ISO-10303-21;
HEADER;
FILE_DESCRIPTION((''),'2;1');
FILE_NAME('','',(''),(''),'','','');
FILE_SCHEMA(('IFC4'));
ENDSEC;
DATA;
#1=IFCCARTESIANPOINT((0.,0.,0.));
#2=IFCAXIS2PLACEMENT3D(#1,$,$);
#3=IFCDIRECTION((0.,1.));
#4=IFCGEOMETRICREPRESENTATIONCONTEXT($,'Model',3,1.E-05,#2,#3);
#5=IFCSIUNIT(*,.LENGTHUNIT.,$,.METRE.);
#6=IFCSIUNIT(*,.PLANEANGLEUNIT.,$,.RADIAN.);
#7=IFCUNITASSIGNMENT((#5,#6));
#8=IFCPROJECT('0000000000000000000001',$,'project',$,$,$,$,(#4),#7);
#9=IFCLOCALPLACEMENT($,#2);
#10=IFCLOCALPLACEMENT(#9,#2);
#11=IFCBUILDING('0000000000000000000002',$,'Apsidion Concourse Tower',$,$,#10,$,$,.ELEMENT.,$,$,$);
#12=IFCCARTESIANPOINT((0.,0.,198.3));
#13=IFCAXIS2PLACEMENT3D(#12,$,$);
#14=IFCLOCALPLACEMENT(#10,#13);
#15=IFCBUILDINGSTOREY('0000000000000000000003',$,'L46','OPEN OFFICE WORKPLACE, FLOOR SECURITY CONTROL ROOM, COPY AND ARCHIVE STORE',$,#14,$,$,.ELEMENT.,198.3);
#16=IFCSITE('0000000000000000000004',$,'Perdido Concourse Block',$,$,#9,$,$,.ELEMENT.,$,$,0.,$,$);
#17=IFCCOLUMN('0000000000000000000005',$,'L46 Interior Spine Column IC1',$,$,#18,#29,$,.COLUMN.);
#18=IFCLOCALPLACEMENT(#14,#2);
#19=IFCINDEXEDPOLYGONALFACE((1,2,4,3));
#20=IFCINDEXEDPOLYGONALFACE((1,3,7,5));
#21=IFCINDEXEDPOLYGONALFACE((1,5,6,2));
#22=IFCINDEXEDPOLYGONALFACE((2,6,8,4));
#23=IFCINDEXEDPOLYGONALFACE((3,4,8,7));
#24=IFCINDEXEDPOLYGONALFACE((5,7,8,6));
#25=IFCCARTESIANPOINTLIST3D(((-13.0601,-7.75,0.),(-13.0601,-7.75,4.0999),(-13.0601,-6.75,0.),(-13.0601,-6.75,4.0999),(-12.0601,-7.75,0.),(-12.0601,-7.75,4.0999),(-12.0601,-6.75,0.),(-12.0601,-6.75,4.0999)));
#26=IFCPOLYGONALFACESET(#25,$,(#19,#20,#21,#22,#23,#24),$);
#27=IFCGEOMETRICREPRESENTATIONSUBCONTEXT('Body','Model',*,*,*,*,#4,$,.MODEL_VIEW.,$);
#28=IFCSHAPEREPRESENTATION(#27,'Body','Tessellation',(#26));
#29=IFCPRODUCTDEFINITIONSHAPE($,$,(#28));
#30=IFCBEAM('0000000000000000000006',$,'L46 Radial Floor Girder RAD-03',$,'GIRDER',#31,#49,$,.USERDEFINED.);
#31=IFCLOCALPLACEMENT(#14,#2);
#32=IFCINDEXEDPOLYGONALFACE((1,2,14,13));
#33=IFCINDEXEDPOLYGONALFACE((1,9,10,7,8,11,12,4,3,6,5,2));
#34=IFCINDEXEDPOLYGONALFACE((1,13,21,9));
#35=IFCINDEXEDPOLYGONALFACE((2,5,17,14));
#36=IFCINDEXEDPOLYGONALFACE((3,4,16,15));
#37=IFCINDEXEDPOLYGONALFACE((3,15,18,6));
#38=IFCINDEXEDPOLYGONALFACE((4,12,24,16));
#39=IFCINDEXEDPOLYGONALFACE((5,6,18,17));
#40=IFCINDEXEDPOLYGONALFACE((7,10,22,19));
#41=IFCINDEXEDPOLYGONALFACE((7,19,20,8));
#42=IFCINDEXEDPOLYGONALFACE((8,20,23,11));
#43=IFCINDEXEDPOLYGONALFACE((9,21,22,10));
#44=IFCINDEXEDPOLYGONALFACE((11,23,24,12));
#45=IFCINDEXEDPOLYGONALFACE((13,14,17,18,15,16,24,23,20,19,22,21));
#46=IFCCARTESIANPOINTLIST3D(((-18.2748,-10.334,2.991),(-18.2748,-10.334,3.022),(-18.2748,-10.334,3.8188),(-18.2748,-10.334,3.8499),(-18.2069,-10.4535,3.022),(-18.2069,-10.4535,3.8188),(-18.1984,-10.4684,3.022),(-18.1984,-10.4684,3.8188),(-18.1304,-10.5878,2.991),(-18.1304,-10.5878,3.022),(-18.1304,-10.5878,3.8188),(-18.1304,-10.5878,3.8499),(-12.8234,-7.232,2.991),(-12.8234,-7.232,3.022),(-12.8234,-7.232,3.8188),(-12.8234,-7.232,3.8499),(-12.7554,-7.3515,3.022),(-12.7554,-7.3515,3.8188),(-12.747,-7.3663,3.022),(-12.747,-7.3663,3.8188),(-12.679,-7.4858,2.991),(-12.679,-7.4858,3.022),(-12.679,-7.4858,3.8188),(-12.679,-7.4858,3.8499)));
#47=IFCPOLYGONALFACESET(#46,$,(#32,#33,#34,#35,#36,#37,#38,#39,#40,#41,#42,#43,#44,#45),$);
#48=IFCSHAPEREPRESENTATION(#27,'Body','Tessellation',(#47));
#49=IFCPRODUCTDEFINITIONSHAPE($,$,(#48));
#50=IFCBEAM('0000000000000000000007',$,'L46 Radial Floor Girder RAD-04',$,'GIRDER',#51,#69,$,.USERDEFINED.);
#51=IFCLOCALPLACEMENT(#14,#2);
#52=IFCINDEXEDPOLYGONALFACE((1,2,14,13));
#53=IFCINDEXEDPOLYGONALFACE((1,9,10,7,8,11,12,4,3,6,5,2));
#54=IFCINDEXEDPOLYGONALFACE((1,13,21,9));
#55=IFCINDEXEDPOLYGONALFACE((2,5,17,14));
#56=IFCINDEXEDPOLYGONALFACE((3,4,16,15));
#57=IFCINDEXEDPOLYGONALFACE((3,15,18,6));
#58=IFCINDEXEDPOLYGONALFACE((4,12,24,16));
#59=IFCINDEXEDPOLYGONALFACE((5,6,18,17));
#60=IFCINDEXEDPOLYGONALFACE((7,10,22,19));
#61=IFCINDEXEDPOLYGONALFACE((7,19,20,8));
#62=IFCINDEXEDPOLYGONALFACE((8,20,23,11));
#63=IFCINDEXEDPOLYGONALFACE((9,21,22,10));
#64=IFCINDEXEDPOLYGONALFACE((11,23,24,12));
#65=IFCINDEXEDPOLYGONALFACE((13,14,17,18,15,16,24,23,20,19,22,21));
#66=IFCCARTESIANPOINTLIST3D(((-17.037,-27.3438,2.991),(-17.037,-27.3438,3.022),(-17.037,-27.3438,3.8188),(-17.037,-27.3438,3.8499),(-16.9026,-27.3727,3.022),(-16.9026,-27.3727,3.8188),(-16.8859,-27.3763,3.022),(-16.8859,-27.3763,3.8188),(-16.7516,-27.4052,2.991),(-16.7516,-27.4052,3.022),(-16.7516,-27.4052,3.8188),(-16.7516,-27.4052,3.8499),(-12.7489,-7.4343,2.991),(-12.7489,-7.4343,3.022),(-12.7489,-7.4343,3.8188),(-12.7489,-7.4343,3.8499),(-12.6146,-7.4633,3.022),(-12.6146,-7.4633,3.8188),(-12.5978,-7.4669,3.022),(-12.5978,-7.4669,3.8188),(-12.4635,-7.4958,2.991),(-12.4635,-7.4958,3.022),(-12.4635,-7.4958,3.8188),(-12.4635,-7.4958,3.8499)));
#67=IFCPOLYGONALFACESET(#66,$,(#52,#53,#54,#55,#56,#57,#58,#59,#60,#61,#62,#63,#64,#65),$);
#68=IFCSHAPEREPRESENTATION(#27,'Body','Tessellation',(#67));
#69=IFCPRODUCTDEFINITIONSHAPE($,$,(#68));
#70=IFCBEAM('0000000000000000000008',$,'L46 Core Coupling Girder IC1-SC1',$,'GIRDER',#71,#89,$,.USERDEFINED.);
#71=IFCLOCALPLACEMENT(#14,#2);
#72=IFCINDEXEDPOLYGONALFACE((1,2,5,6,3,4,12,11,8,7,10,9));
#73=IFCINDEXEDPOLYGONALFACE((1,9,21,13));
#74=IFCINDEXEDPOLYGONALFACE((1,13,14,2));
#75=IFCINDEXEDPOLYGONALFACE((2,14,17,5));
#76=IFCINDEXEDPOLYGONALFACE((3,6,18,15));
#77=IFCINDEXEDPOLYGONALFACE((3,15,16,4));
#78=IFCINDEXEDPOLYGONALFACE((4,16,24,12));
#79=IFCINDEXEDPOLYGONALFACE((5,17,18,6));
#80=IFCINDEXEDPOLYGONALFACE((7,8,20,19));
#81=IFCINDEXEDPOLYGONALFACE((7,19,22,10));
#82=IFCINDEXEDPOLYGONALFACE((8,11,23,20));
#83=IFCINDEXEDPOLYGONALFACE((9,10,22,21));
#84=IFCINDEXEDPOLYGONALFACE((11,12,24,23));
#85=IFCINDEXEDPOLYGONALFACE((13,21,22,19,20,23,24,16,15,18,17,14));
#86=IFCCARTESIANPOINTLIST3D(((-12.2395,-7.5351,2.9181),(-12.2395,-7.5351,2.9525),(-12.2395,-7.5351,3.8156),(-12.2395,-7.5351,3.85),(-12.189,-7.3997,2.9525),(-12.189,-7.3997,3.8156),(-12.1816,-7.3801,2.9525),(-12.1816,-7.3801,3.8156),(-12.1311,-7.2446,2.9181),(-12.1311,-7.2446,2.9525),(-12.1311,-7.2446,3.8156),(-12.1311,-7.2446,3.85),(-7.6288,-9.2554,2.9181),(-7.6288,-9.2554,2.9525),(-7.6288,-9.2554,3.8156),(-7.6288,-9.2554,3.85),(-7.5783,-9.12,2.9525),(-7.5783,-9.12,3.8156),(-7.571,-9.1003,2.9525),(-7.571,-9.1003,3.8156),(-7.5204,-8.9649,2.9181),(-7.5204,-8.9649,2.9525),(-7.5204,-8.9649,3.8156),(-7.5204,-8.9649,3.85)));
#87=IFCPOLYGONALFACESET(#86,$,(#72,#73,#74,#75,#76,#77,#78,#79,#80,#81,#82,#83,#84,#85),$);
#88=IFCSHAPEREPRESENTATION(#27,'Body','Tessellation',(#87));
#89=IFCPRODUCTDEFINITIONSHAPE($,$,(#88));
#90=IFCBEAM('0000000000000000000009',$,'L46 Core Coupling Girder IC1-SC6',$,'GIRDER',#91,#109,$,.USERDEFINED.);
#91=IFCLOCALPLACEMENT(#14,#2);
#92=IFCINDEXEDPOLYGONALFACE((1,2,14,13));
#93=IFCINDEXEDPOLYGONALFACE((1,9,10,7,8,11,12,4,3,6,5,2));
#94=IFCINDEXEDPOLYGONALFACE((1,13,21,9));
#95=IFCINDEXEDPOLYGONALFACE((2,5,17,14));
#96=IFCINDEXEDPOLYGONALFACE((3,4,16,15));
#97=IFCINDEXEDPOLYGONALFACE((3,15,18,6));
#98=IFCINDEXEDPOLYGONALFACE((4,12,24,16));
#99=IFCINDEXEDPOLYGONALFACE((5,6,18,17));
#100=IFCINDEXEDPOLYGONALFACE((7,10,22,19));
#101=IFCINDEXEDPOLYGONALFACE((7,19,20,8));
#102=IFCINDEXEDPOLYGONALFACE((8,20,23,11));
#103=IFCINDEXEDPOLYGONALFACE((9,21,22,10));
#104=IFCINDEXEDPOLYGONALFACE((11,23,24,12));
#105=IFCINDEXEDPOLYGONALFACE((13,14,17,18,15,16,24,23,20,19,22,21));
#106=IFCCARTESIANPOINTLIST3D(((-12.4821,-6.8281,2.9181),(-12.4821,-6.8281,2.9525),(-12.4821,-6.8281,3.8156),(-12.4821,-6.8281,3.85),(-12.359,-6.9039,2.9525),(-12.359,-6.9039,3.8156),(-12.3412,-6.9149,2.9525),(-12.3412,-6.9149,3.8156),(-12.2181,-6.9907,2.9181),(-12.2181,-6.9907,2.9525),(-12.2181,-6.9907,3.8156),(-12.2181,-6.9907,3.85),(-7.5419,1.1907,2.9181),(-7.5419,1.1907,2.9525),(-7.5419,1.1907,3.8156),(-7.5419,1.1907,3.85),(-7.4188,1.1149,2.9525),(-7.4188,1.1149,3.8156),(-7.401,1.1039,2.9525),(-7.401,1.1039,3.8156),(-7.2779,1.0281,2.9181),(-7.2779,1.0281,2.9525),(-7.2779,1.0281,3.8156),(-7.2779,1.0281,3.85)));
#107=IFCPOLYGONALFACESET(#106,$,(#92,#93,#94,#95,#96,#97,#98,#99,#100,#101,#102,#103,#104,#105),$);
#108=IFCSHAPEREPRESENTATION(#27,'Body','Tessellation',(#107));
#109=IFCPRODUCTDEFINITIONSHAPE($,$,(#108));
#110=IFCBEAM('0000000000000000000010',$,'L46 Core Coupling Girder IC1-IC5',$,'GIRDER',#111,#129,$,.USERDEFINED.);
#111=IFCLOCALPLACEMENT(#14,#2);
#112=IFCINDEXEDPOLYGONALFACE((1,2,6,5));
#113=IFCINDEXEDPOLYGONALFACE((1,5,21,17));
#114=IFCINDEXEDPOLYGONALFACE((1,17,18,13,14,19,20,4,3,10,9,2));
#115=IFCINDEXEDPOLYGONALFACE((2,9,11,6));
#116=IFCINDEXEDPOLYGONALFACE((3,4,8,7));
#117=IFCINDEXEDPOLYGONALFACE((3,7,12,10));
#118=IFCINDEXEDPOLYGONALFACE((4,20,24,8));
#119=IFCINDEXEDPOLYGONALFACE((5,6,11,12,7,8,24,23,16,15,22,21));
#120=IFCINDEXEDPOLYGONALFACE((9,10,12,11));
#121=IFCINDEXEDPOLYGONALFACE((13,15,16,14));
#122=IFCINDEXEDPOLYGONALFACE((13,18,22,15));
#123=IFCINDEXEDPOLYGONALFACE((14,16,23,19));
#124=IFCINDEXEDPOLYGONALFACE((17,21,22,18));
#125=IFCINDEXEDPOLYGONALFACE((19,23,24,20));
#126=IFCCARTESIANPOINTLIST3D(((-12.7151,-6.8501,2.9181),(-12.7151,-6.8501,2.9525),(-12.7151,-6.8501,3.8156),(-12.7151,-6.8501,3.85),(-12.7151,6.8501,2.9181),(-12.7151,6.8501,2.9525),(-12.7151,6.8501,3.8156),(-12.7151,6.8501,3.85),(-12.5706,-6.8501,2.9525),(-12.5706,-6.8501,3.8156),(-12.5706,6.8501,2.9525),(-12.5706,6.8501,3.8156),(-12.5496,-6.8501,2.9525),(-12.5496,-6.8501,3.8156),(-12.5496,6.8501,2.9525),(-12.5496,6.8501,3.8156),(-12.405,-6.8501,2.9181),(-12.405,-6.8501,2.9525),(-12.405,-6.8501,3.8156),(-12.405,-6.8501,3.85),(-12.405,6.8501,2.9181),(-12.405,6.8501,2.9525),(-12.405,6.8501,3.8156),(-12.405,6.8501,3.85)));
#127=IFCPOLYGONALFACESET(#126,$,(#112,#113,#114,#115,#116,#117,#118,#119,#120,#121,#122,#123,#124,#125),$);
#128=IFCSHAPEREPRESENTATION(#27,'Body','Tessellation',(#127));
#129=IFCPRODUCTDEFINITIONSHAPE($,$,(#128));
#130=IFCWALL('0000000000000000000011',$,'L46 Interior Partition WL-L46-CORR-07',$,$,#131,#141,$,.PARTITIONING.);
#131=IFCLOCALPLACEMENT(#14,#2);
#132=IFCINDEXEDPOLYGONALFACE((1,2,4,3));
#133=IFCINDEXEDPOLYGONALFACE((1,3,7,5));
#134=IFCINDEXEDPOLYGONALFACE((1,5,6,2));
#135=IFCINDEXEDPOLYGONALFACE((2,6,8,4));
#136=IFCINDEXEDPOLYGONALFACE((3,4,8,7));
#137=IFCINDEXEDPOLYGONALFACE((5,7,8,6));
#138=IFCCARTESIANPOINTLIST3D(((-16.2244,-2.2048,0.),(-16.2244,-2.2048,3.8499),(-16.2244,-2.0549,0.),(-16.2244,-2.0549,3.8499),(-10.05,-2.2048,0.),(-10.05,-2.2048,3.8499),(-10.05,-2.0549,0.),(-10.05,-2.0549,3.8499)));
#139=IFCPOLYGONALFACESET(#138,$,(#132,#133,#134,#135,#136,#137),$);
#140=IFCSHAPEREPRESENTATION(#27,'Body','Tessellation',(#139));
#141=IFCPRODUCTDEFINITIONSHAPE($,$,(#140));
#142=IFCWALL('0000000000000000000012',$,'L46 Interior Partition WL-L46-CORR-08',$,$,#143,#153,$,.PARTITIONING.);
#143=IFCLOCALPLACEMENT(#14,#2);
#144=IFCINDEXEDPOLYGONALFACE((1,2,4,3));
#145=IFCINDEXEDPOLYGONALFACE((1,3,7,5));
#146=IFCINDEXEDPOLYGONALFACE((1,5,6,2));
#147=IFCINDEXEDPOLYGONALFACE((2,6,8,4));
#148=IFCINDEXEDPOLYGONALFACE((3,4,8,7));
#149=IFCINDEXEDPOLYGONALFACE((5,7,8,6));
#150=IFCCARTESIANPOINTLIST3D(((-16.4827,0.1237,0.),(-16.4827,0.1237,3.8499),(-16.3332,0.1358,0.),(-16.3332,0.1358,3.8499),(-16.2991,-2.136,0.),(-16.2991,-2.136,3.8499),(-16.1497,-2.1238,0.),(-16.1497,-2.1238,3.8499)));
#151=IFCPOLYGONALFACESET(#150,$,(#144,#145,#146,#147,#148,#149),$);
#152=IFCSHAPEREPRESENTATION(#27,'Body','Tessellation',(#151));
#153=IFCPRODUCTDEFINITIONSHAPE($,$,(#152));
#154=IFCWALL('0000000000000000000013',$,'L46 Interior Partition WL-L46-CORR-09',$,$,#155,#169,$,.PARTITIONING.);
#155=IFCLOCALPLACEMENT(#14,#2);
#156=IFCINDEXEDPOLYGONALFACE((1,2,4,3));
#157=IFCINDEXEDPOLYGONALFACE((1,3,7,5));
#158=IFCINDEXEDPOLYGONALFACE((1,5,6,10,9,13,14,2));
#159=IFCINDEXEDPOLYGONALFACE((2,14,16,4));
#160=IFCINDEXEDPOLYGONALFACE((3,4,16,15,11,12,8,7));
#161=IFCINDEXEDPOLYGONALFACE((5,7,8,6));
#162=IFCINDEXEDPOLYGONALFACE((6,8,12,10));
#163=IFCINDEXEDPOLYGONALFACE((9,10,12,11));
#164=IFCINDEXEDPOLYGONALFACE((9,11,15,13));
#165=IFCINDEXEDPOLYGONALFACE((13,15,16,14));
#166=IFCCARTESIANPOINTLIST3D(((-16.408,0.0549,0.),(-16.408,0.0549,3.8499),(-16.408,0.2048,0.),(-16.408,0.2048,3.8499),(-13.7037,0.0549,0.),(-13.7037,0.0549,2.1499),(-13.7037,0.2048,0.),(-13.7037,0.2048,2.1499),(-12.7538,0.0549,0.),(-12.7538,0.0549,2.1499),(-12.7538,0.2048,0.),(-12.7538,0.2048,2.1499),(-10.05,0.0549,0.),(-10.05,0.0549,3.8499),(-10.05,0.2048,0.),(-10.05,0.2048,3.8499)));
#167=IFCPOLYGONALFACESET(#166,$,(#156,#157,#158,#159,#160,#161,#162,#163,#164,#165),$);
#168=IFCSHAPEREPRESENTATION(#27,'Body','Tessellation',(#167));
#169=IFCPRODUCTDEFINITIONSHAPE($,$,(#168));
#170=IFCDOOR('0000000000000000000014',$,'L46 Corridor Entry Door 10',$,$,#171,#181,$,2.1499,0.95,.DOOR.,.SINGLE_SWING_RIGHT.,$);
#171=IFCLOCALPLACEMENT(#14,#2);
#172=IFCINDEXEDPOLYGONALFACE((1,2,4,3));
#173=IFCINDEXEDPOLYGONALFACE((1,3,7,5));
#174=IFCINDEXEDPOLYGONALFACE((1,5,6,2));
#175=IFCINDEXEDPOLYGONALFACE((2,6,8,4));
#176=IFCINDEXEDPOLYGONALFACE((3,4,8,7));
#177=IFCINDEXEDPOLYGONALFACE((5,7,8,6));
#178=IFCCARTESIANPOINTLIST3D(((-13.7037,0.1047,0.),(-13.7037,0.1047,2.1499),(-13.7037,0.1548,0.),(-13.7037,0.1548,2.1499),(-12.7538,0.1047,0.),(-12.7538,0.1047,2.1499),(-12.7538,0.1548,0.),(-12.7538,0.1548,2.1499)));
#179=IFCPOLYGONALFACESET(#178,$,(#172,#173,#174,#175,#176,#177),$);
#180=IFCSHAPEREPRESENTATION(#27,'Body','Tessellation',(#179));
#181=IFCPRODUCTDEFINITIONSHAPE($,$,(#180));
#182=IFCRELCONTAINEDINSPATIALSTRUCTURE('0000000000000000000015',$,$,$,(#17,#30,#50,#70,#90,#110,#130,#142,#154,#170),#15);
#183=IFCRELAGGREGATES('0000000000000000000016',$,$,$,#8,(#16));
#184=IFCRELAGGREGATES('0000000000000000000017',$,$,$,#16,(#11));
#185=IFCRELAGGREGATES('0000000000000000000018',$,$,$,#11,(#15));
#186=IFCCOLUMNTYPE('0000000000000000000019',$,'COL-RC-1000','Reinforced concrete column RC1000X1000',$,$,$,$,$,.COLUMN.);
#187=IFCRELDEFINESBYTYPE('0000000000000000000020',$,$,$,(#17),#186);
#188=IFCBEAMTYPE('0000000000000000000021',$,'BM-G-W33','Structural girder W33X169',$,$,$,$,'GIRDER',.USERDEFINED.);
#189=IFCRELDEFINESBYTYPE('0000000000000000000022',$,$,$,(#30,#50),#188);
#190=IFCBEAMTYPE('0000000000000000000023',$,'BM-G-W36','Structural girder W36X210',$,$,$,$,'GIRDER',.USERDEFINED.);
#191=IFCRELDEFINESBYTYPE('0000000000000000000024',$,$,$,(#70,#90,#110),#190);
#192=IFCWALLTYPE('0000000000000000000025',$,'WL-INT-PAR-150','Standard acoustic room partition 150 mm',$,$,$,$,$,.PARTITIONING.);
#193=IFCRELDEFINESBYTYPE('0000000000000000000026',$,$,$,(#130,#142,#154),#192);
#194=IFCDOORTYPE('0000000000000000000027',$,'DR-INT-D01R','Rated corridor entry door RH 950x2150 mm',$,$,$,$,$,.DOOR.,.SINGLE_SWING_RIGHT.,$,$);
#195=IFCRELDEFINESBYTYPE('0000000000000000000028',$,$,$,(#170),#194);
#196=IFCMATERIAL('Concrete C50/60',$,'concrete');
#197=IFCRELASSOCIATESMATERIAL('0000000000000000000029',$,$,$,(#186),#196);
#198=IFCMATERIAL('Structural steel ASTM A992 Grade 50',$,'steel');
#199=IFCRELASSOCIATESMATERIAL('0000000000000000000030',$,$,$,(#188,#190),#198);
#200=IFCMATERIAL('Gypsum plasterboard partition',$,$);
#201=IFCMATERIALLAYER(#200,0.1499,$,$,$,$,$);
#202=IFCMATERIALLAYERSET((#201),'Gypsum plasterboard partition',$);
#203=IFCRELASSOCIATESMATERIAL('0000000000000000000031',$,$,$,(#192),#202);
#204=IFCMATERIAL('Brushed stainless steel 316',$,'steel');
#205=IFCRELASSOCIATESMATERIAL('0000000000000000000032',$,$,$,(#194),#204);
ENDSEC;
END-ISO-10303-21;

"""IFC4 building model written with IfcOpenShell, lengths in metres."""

from ifc_helpers import new_model, si_unit, direction, frame, frame_2d, origin, origin_2d, place, context, subcontext, project, spatial, rectangle, i_section, extrude, material, layer, layer_set, material_profile, profile_set, type_object, element, fill, save


model = new_model("IFC4")

# Units and contexts
model_context = context("Model", 3, precision=1e-05, world=origin(), true_north=direction((0.0, 1.0)))
body_context = subcontext(model_context, "Body", "Model", "MODEL_VIEW")
ifc_project = project(units=[si_unit("LENGTHUNIT", "METRE"), si_unit("PLANEANGLEUNIT", "RADIAN")], contexts=[model_context])

# Site, building, storey
site_placement = place(None, origin())
site = spatial("IfcSite", under=ifc_project, at=site_placement, Name="Perdido Concourse Block", CompositionType="ELEMENT", RefElevation=0.0)
building_placement = place(site_placement, origin())
building = spatial("IfcBuilding", under=site, at=building_placement, Name="Apsidion Concourse Tower", CompositionType="ELEMENT")
storey_placement = place(building_placement, frame((0.0, 0.0, 198.3)))
storey = spatial("IfcBuildingStorey", under=building, at=storey_placement, Name="L46", Description="OPEN OFFICE WORKPLACE, FLOOR SECURITY CONTROL ROOM, COPY AND ARCHIVE STORE", CompositionType="ELEMENT", Elevation=198.3)

# Column
ifc_material_1 = material(Name="Concrete C50/60", Category="concrete")
ifc_material_profile_1 = material_profile(ifc_material_1, rectangle(XDim=1.0, YDim=1.0, at=origin_2d()), Name="RC 1000x1000")
ifc_profile_set_1 = profile_set([ifc_material_profile_1], Name="Concrete C50/60")
column_type = type_object("IfcColumnType", Name="COL-RC-1000", Description="Reinforced concrete column RC1000X1000", PredefinedType="COLUMN", material=ifc_profile_set_1)
column_placement = place(storey_placement, frame((-12.5601, -7.25, 0.0), z_axis=(0.0, 0.0, 1.0), x_axis=(1.0, 0.0, 0.0)))
element("IfcColumn", 1, at=column_placement, inside=storey, type_object=column_type, Name="L46 Interior Spine Column IC1", PredefinedType="COLUMN", context=body_context, shape_type="SweptSolid", body=[
    extrude(rectangle(XDim=1.0, YDim=1.0, at=origin_2d()), origin(), (0.0, 0.0, 1.0), 4.0999),
])

# Beams
ifc_material_2 = material(Name="Structural steel ASTM A992 Grade 50", Category="steel")
ifc_material_profile_2 = material_profile(ifc_material_2, i_section(OverallWidth=0.292, OverallDepth=0.8589, WebThickness=0.0171, FlangeThickness=0.031, at=origin_2d()), Name="W33X169")
ifc_profile_set_2 = profile_set([ifc_material_profile_2], Name="Structural steel ASTM A992 Grade 50")
beam_type_1 = type_object("IfcBeamType", Name="BM-G-W33", Description="Structural girder W33X169", ElementType="GIRDER", PredefinedType="USERDEFINED", material=ifc_profile_set_2)
beam_1_placement = place(storey_placement, frame((-12.7512, -7.3589, 3.4204), z_axis=(-0.869138, -0.49457, 0.0), x_axis=(0.49457, -0.869138, 0.0)))
element("IfcBeam", 2, at=beam_1_placement, inside=storey, type_object=beam_type_1, Name="L46 Radial Floor Girder RAD-03", ObjectType="GIRDER", PredefinedType="USERDEFINED", context=body_context, shape_type="SweptSolid", body=[
    extrude(i_section(OverallWidth=0.292, OverallDepth=0.8589, WebThickness=0.0171, FlangeThickness=0.031, at=origin_2d()), origin(), (0.0, 0.0, 1.0), 6.2722),
])
beam_2_placement = place(storey_placement, frame((-12.6062, -7.4651, 3.4204), z_axis=(-0.210551, -0.977583, 0.0), x_axis=(0.977583, -0.210551, 0.0)))
element("IfcBeam", 3, at=beam_2_placement, inside=storey, type_object=beam_type_1, Name="L46 Radial Floor Girder RAD-04", ObjectType="GIRDER", PredefinedType="USERDEFINED", context=body_context, shape_type="SweptSolid", body=[
    extrude(i_section(OverallWidth=0.292, OverallDepth=0.8589, WebThickness=0.0171, FlangeThickness=0.031, at=origin_2d()), origin(), (0.0, 0.0, 1.0), 20.366),
])
ifc_material_profile_3 = material_profile(ifc_material_2, i_section(OverallWidth=0.3101, OverallDepth=0.9319, WebThickness=0.021, FlangeThickness=0.0344, at=origin_2d()), Name="W36X210")
ifc_profile_set_3 = profile_set([ifc_material_profile_3], Name="Structural steel ASTM A992 Grade 50")
beam_type_2 = type_object("IfcBeamType", Name="BM-G-W36", Description="Structural girder W36X210", ElementType="GIRDER", PredefinedType="USERDEFINED", material=ifc_profile_set_3)
beam_3_placement = place(storey_placement, frame((-12.1853, -7.3899, 3.384), z_axis=(0.936913, -0.349563, 0.0), x_axis=(0.349563, 0.936913, 0.0)))
element("IfcBeam", 4, at=beam_3_placement, inside=storey, type_object=beam_type_2, Name="L46 Core Coupling Girder IC1-SC1", ObjectType="GIRDER", PredefinedType="USERDEFINED", context=body_context, shape_type="SweptSolid", body=[
    extrude(i_section(OverallWidth=0.3101, OverallDepth=0.9319, WebThickness=0.021, FlangeThickness=0.0344, at=origin_2d()), origin(), (0.0, 0.0, 1.0), 4.9211),
])
beam_4_placement = place(storey_placement, frame((-12.3501, -6.9094, 3.384), z_axis=(0.524524, 0.851396, 0.0), x_axis=(-0.851396, 0.524524, 0.0)))
element("IfcBeam", 5, at=beam_4_placement, inside=storey, type_object=beam_type_2, Name="L46 Core Coupling Girder IC1-SC6", ObjectType="GIRDER", PredefinedType="USERDEFINED", context=body_context, shape_type="SweptSolid", body=[
    extrude(i_section(OverallWidth=0.3101, OverallDepth=0.9319, WebThickness=0.021, FlangeThickness=0.0344, at=origin_2d()), origin(), (0.0, 0.0, 1.0), 9.4185),
])
beam_5_placement = place(storey_placement, frame((-12.5601, -6.8501, 3.384), z_axis=(0.0, 1.0, 0.0), x_axis=(-1.0, 0.0, 0.0)))
element("IfcBeam", 6, at=beam_5_placement, inside=storey, type_object=beam_type_2, Name="L46 Core Coupling Girder IC1-IC5", ObjectType="GIRDER", PredefinedType="USERDEFINED", context=body_context, shape_type="SweptSolid", body=[
    extrude(i_section(OverallWidth=0.3101, OverallDepth=0.9319, WebThickness=0.021, FlangeThickness=0.0344, at=origin_2d()), origin(), (0.0, 0.0, 1.0), 13.7002),
])

# Walls
ifc_material_3 = material(Name="Gypsum plasterboard partition")
ifc_layer = layer(ifc_material_3, 0.1499)
ifc_layer_set = layer_set([ifc_layer], Name="Gypsum plasterboard partition")
wall_type = type_object("IfcWallType", Name="WL-INT-PAR-150", Description="Standard acoustic room partition 150 mm", PredefinedType="PARTITIONING", material=ifc_layer_set)
wall_1_placement = place(storey_placement, frame((-10.05, -2.1299, 0.0), z_axis=(0.0, 0.0, 1.0), x_axis=(-1.0, 0.0, 0.0)))
element("IfcWall", 7, at=wall_1_placement, inside=storey, type_object=wall_type, Name="L46 Interior Partition WL-L46-CORR-07", PredefinedType="PARTITIONING", context=body_context, shape_type="SweptSolid", body=[
    extrude(rectangle(XDim=6.1743, YDim=0.1499, at=frame_2d((3.0872, 0.0))), origin(), (0.0, 0.0, 1.0), 3.8499),
])
wall_2_placement = place(storey_placement, frame((-16.2244, -2.1299, 0.0), z_axis=(0.0, 0.0, 1.0), x_axis=(-0.080978, 0.996716, 0.0)))
element("IfcWall", 8, at=wall_2_placement, inside=storey, type_object=wall_type, Name="L46 Interior Partition WL-L46-CORR-08", PredefinedType="PARTITIONING", context=body_context, shape_type="SweptSolid", body=[
    extrude(rectangle(XDim=2.2671, YDim=0.1499, at=frame_2d((1.1335, 0.0))), origin(), (0.0, 0.0, 1.0), 3.8499),
])

# Wall, opening, door
wall_3_placement = place(storey_placement, frame((-16.408, 0.1299, 0.0), z_axis=(0.0, 0.0, 1.0), x_axis=(1.0, 0.0, 0.0)))
wall_3 = element("IfcWall", 9, at=wall_3_placement, inside=storey, type_object=wall_type, Name="L46 Interior Partition WL-L46-CORR-09", PredefinedType="PARTITIONING", context=body_context, shape_type="SweptSolid", body=[
    extrude(rectangle(XDim=6.3579, YDim=0.1499, at=frame_2d((3.179, 0.0))), origin(), (0.0, 0.0, 1.0), 3.8499),
])
opening_1_placement = place(wall_3_placement, frame((2.7041, 0.0, 0.0)))
opening_1 = element("IfcOpeningElement", 10, at=opening_1_placement, cuts=wall_3, PredefinedType="OPENING", context=body_context, shape_type="SweptSolid", body=[
    extrude(rectangle(XDim=0.95, YDim=2.1499, at=frame_2d((0.4751, 1.075))), frame((0.0, 0.085, 0.0), z_axis=(0.0, -1.0, 0.0), x_axis=(1.0, 0.0, 0.0)), (0.0, 0.0, 1.0), 0.1699),
])
ifc_material_4 = material(Name="Brushed stainless steel 316", Category="steel")
door_type_1 = type_object("IfcDoorType", Name="DR-INT-D01R", Description="Rated corridor entry door RH 950x2150 mm", OperationType="SINGLE_SWING_RIGHT", PredefinedType="DOOR", material=ifc_material_4)
door_1_placement = place(opening_1_placement, origin())
door_1 = element("IfcDoor", 11, at=door_1_placement, inside=storey, type_object=door_type_1, Name="L46 Corridor Entry Door 10", OperationType="SINGLE_SWING_RIGHT", OverallHeight=2.1499, OverallWidth=0.95, PredefinedType="DOOR", context=body_context, shape_type="SweptSolid", body=[
    extrude(rectangle(XDim=0.95, YDim=2.1499, at=frame_2d((0.4751, 1.075))), frame((0.0, 0.0249, 0.0), z_axis=(0.0, -1.0, 0.0), x_axis=(1.0, 0.0, 0.0)), (0.0, 0.0, 1.0), 0.05),
])
fill(opening_1, door_1)

save(model, "model.ifc")
